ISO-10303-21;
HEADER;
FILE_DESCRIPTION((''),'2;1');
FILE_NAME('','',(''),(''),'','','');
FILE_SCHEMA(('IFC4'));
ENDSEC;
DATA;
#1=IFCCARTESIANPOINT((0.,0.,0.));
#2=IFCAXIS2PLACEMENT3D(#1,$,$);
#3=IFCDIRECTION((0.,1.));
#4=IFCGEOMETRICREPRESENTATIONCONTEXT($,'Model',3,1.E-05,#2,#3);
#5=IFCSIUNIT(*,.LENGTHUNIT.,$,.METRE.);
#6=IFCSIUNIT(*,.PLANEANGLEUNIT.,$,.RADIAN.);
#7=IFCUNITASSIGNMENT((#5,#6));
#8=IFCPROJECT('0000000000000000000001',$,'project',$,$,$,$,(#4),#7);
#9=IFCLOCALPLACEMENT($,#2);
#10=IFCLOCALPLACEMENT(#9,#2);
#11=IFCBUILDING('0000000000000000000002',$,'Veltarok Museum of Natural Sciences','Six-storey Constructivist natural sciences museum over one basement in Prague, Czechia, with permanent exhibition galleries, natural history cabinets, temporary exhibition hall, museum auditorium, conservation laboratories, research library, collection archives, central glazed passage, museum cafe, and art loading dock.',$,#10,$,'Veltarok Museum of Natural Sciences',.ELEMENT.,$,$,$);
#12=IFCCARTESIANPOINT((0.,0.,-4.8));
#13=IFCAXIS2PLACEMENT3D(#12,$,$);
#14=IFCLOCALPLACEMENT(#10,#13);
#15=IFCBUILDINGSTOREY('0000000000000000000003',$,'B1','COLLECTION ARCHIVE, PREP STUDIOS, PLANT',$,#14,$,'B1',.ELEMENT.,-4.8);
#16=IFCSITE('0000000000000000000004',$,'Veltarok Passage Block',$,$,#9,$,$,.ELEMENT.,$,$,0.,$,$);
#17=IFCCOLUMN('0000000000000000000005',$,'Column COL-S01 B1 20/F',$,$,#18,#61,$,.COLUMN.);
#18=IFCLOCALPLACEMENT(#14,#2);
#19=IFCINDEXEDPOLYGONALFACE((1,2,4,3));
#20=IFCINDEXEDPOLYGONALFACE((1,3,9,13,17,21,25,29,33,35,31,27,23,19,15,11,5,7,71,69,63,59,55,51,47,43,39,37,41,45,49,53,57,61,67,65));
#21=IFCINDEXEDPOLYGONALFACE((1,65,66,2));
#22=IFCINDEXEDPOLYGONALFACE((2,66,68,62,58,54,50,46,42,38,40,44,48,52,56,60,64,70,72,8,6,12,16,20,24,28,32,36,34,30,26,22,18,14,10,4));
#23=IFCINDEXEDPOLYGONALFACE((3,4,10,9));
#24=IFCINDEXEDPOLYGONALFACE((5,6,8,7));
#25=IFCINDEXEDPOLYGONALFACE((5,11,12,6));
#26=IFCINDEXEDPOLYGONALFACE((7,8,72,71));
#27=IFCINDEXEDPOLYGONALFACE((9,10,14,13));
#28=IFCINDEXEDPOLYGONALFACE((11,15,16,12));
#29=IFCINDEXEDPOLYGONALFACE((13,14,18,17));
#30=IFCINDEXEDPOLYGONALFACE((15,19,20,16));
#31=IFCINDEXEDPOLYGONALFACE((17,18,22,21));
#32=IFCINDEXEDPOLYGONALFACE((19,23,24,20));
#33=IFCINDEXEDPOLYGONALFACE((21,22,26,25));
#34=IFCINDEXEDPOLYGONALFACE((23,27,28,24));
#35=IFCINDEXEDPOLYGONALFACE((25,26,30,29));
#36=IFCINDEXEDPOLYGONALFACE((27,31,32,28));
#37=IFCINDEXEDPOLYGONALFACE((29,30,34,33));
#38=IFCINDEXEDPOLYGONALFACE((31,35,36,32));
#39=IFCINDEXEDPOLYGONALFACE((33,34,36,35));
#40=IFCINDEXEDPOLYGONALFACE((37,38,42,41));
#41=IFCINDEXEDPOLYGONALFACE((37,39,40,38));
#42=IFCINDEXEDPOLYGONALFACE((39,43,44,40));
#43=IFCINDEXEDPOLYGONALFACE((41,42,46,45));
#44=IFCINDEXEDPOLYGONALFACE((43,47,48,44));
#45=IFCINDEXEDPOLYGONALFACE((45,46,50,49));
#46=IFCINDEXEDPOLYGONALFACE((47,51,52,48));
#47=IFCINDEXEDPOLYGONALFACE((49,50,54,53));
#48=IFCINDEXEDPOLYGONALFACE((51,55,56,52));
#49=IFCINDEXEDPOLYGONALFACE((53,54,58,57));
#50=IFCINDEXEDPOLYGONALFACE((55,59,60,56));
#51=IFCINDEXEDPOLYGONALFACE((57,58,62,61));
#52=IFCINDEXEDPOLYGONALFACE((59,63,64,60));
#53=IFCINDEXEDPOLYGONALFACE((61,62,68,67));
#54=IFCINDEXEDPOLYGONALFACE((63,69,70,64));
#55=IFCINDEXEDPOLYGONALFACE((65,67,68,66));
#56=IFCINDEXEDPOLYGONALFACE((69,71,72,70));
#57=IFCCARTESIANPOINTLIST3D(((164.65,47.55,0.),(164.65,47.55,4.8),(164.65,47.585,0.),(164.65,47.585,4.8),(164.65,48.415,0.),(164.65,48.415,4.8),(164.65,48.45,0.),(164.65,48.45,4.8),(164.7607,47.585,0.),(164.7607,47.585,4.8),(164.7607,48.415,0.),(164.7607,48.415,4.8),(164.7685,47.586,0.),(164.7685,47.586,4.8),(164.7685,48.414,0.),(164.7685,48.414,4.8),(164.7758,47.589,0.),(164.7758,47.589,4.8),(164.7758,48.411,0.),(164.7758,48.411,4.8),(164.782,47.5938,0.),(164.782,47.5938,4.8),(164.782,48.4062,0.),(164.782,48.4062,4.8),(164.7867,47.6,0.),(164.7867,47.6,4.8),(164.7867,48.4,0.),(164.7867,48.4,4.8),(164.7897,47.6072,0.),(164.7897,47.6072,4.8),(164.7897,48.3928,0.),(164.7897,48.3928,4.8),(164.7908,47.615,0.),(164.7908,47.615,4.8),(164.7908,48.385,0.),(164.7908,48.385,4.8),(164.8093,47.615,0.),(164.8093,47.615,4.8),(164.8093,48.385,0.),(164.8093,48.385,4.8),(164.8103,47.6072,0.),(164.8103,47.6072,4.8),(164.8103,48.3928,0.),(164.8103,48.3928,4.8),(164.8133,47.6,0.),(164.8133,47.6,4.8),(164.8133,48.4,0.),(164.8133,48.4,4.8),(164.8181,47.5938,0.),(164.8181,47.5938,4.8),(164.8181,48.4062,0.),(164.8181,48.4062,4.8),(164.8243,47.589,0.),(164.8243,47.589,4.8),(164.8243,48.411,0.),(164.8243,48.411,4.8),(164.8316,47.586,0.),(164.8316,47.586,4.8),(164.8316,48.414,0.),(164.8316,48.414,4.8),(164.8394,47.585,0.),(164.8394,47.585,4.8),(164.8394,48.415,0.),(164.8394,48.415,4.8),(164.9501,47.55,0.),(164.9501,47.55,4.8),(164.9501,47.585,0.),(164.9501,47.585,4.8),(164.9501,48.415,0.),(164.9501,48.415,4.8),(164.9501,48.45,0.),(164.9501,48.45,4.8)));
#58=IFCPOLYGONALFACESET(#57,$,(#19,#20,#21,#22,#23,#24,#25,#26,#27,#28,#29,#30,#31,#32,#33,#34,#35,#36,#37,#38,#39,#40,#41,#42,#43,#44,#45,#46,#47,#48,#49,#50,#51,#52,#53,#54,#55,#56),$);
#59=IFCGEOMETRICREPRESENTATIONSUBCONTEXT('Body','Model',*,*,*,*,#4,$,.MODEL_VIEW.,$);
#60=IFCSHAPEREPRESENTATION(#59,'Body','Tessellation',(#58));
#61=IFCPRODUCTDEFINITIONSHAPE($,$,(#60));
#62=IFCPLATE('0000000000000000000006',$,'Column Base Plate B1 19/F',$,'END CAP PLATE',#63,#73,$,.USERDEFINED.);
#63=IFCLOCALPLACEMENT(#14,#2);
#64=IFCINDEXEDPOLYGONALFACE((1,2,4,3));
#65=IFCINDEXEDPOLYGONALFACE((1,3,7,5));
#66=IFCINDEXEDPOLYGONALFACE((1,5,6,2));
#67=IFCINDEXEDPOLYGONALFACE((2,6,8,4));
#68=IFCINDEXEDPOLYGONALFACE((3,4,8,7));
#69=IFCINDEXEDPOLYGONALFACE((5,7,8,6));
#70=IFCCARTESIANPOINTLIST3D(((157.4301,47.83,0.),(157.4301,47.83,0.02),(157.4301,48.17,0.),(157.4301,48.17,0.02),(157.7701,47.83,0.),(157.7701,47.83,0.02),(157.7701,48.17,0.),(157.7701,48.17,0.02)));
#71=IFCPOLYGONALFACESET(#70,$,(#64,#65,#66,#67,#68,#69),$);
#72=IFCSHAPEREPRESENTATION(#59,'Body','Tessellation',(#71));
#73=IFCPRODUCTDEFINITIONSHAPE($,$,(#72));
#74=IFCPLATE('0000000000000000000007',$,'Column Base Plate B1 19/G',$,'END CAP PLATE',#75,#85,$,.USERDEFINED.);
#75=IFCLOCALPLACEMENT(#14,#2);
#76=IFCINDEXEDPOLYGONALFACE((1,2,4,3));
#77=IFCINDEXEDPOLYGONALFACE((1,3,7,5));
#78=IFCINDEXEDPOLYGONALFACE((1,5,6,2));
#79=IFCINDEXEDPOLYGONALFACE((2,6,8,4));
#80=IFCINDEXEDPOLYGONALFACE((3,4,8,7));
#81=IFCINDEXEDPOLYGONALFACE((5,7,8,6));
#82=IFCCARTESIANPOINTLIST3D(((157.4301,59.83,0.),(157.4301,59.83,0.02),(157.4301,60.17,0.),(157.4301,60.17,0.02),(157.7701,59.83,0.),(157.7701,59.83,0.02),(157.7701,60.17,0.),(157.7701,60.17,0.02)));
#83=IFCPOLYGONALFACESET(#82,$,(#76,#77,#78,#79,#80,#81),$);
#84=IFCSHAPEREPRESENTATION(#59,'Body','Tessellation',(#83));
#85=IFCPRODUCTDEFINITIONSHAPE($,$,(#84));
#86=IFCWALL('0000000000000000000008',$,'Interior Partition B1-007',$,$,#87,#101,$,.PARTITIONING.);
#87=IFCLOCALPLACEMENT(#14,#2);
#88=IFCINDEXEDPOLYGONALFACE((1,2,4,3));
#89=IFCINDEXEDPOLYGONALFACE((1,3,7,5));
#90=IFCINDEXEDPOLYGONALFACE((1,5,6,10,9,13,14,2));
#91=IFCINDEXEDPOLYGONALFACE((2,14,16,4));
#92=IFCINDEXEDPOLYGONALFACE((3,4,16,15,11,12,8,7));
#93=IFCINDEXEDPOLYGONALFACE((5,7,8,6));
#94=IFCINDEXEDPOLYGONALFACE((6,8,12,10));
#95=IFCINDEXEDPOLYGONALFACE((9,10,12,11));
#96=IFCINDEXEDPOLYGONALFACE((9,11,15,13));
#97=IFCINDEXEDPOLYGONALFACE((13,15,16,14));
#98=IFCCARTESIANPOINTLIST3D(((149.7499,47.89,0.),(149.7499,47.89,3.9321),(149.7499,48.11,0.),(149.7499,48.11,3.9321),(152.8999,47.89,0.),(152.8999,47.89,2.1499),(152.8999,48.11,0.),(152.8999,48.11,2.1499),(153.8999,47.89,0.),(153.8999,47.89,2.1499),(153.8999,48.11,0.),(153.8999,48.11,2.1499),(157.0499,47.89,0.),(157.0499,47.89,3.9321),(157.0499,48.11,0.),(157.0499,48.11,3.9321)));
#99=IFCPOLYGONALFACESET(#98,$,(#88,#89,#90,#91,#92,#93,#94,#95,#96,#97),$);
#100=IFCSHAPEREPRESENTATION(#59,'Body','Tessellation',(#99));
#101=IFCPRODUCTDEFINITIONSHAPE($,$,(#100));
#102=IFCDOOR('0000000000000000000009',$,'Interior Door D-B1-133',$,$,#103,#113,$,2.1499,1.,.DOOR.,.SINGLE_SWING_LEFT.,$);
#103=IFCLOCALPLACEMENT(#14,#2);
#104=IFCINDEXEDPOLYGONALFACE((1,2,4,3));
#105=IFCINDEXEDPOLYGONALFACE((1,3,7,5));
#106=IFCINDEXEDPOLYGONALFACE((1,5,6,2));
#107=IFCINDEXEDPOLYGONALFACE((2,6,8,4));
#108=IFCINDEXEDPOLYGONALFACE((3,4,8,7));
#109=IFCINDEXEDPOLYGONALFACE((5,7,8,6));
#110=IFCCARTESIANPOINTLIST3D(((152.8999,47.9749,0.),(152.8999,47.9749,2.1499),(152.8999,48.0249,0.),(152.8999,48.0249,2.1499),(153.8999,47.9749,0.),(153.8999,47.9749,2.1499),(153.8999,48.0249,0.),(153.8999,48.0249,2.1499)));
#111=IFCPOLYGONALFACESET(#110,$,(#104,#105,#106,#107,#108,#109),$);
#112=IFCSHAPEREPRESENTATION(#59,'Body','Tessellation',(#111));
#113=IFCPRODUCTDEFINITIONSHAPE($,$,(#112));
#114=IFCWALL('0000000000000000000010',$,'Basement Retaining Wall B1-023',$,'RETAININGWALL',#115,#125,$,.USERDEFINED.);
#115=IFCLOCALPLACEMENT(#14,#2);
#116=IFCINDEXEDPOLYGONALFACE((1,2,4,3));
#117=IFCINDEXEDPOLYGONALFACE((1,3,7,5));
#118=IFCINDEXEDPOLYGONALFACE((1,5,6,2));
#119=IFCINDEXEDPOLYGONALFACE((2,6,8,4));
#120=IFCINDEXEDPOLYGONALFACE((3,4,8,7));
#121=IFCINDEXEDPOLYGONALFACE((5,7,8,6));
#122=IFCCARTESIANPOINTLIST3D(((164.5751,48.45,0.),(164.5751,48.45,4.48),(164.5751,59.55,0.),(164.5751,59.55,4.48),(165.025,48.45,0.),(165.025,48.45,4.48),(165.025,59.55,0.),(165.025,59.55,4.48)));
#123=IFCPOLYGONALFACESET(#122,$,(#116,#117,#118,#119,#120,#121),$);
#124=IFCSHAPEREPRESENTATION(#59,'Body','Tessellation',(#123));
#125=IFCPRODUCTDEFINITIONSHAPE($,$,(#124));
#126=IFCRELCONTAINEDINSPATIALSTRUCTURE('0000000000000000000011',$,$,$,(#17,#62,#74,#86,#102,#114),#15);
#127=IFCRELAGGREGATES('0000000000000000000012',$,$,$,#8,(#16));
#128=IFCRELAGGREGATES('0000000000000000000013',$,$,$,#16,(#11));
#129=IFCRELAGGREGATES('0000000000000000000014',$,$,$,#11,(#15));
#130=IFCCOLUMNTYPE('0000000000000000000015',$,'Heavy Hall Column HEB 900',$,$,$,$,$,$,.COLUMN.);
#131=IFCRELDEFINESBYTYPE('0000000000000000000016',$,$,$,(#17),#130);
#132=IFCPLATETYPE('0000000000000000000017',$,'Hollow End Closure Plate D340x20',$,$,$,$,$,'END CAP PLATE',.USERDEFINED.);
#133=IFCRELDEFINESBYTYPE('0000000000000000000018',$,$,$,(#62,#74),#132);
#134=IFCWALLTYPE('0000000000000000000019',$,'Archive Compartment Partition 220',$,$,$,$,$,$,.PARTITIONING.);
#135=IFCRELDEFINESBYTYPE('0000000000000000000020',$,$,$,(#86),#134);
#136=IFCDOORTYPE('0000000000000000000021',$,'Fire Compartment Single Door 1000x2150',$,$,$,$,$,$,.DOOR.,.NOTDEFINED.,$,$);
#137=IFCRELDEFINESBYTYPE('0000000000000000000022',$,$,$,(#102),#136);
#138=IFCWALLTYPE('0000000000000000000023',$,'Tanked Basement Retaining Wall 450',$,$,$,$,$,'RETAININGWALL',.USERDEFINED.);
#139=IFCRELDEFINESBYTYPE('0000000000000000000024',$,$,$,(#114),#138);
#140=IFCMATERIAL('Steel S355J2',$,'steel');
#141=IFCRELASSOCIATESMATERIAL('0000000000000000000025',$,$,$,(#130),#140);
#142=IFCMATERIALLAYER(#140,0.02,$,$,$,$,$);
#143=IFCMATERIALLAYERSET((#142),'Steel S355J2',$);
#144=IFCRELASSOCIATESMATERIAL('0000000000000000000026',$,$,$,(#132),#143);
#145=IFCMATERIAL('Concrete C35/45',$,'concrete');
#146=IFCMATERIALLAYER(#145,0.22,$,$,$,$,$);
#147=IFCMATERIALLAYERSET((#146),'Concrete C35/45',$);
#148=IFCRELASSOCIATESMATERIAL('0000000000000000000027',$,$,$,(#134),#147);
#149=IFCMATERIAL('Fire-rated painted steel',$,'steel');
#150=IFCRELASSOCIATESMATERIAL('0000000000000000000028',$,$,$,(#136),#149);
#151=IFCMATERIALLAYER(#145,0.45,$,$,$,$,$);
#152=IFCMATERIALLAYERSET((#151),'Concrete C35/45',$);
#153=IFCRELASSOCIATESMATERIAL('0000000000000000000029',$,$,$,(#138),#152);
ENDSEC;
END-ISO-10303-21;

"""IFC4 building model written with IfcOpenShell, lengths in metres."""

from ifc_helpers import new_model, si_unit, direction, frame, frame_2d, origin, origin_2d, place, context, subcontext, project, spatial, rectangle, i_section, extrude, material, layer, layer_set, material_profile, profile_set, type_object, element, fill, save


model = new_model("IFC4")

# Units and contexts
model_context = context("Model", 3, precision=1e-05, world=origin(), true_north=direction((0.0, 1.0)))
body_context = subcontext(model_context, "Body", "Model", "MODEL_VIEW")
ifc_project = project(units=[si_unit("LENGTHUNIT", "METRE"), si_unit("PLANEANGLEUNIT", "RADIAN")], contexts=[model_context])

# Site, building, storey
site_placement = place(None, origin())
site = spatial("IfcSite", under=ifc_project, at=site_placement, Name="Veltarok Passage Block", CompositionType="ELEMENT", RefElevation=0.0)
building_placement = place(site_placement, origin())
building = spatial("IfcBuilding", under=site, at=building_placement, Name="Veltarok Museum of Natural Sciences", Description="Six-storey Constructivist natural sciences museum over one basement in Prague, Czechia, with permanent exhibition galleries, natural history cabinets, temporary exhibition hall, museum auditorium, conservation laboratories, research library, collection archives, central glazed passage, museum cafe, and art loading dock.", LongName="Veltarok Museum of Natural Sciences", CompositionType="ELEMENT")
storey_placement = place(building_placement, frame((0.0, 0.0, -4.8)))
storey = spatial("IfcBuildingStorey", under=building, at=storey_placement, Name="B1", Description="COLLECTION ARCHIVE, PREP STUDIOS, PLANT", LongName="B1", CompositionType="ELEMENT", Elevation=-4.8)

# Shared definitions
ifc_material_1 = material(Name="Concrete C35/45", Category="concrete")

# Column
ifc_material_2 = material(Name="Steel S355J2", Category="steel")
ifc_material_profile_1 = material_profile(ifc_material_2, i_section(OverallWidth=0.3, OverallDepth=0.8999, WebThickness=0.0186, FlangeThickness=0.0349, FilletRadius=0.03, at=origin_2d()), Name="HEB 900")
ifc_profile_set_1 = profile_set([ifc_material_profile_1], Name="Steel S355J2")
column_type_1 = type_object("IfcColumnType", Name="Heavy Hall Column HEB 900", PredefinedType="COLUMN", material=ifc_profile_set_1)
column_placement = place(storey_placement, frame((164.8, 48.0, 0.0), z_axis=(0.0, 0.0, 1.0), x_axis=(1.0, 0.0, 0.0)))
element("IfcColumn", 1, at=column_placement, inside=storey, type_object=column_type_1, Name="Column COL-S01 B1 20/F", PredefinedType="COLUMN", context=body_context, shape_type="SweptSolid", body=[
    extrude(i_section(OverallWidth=0.3, OverallDepth=0.8999, WebThickness=0.0186, FlangeThickness=0.0349, FilletRadius=0.03, at=origin_2d()), origin(), (0.0, 0.0, 1.0), 4.8),
])

# Plates
ifc_layer_1 = layer(ifc_material_2, 0.02)
ifc_layer_set_1 = layer_set([ifc_layer_1], Name="Steel S355J2")
plate_type = type_object("IfcPlateType", Name="Hollow End Closure Plate D340x20", ElementType="END CAP PLATE", PredefinedType="USERDEFINED", material=ifc_layer_set_1)
for number, where, z_axis, x_axis, name in (
    (2, (157.6001, 48.0, 0.0), (0.0, 0.0, 1.0), (1.0, 0.0, 0.0), "Column Base Plate B1 19/F"),
    (3, (157.6001, 60.0, 0.0), (0.0, 0.0, 1.0), (1.0, 0.0, 0.0), "Column Base Plate B1 19/G"),
):
    element("IfcPlate", number, at=place(storey_placement, frame(where, z_axis=z_axis, x_axis=x_axis)), inside=storey, type_object=plate_type, Name=name, ObjectType="END CAP PLATE", PredefinedType="USERDEFINED", context=body_context, shape_type="SweptSolid", body=[
        extrude(rectangle(XDim=0.3401, YDim=0.3401, at=origin_2d()), origin(), (0.0, 0.0, 1.0), 0.02),
    ])

# Wall, opening, door
ifc_layer_2 = layer(ifc_material_1, 0.22)
ifc_layer_set_2 = layer_set([ifc_layer_2], Name="Concrete C35/45")
wall_type_1 = type_object("IfcWallType", Name="Archive Compartment Partition 220", PredefinedType="PARTITIONING", material=ifc_layer_set_2)
wall_1_placement = place(storey_placement, frame((149.75, 48.0, 0.0), z_axis=(0.0, 0.0, 1.0), x_axis=(1.0, 0.0, 0.0)))
wall_1 = element("IfcWall", 4, at=wall_1_placement, inside=storey, type_object=wall_type_1, Name="Interior Partition B1-007", PredefinedType="PARTITIONING", context=body_context, shape_type="SweptSolid", body=[
    extrude(rectangle(XDim=7.3, YDim=0.22, at=frame_2d((3.6499, 0.0))), origin(), (0.0, 0.0, 1.0), 3.9321),
])
opening_placement = place(wall_1_placement, frame((3.1499, 0.0, 0.0)))
opening = element("IfcOpeningElement", 5, at=opening_placement, cuts=wall_1, PredefinedType="OPENING", context=body_context, shape_type="SweptSolid", body=[
    extrude(rectangle(XDim=1.0, YDim=2.1499, at=frame_2d((0.5, 1.075))), frame((0.0, 0.1201, 0.0), z_axis=(0.0, -1.0, 0.0), x_axis=(1.0, 0.0, 0.0)), (0.0, 0.0, 1.0), 0.24),
])
ifc_material_3 = material(Name="Fire-rated painted steel", Category="steel")
door_type = type_object("IfcDoorType", Name="Fire Compartment Single Door 1000x2150", OperationType="NOTDEFINED", PredefinedType="DOOR", material=ifc_material_3)
door_placement = place(opening_placement, origin())
door = element("IfcDoor", 6, at=door_placement, inside=storey, type_object=door_type, Name="Interior Door D-B1-133", OperationType="SINGLE_SWING_LEFT", OverallHeight=2.1499, OverallWidth=1.0, PredefinedType="DOOR", context=body_context, shape_type="SweptSolid", body=[
    extrude(rectangle(XDim=1.0, YDim=2.1499, at=frame_2d((0.5, 1.075))), frame((0.0, 0.0249, 0.0), z_axis=(0.0, -1.0, 0.0), x_axis=(1.0, 0.0, 0.0)), (0.0, 0.0, 1.0), 0.05),
])
fill(opening, door)

# Wall
ifc_layer_3 = layer(ifc_material_1, 0.45)
ifc_layer_set_3 = layer_set([ifc_layer_3], Name="Concrete C35/45")
wall_type_2 = type_object("IfcWallType", Name="Tanked Basement Retaining Wall 450", ElementType="RETAININGWALL", PredefinedType="USERDEFINED", material=ifc_layer_set_3)
wall_2_placement = place(storey_placement, frame((164.8, 59.55, 0.0), z_axis=(0.0, 0.0, 1.0), x_axis=(0.0, -1.0, 0.0)))
element("IfcWall", 7, at=wall_2_placement, inside=storey, type_object=wall_type_2, Name="Basement Retaining Wall B1-023", ObjectType="RETAININGWALL", PredefinedType="USERDEFINED", context=body_context, shape_type="SweptSolid", body=[
    extrude(rectangle(XDim=11.1001, YDim=0.45, at=frame_2d((5.55, 0.0))), origin(), (0.0, 0.0, 1.0), 4.48),
])

save(model, "model.ifc")
